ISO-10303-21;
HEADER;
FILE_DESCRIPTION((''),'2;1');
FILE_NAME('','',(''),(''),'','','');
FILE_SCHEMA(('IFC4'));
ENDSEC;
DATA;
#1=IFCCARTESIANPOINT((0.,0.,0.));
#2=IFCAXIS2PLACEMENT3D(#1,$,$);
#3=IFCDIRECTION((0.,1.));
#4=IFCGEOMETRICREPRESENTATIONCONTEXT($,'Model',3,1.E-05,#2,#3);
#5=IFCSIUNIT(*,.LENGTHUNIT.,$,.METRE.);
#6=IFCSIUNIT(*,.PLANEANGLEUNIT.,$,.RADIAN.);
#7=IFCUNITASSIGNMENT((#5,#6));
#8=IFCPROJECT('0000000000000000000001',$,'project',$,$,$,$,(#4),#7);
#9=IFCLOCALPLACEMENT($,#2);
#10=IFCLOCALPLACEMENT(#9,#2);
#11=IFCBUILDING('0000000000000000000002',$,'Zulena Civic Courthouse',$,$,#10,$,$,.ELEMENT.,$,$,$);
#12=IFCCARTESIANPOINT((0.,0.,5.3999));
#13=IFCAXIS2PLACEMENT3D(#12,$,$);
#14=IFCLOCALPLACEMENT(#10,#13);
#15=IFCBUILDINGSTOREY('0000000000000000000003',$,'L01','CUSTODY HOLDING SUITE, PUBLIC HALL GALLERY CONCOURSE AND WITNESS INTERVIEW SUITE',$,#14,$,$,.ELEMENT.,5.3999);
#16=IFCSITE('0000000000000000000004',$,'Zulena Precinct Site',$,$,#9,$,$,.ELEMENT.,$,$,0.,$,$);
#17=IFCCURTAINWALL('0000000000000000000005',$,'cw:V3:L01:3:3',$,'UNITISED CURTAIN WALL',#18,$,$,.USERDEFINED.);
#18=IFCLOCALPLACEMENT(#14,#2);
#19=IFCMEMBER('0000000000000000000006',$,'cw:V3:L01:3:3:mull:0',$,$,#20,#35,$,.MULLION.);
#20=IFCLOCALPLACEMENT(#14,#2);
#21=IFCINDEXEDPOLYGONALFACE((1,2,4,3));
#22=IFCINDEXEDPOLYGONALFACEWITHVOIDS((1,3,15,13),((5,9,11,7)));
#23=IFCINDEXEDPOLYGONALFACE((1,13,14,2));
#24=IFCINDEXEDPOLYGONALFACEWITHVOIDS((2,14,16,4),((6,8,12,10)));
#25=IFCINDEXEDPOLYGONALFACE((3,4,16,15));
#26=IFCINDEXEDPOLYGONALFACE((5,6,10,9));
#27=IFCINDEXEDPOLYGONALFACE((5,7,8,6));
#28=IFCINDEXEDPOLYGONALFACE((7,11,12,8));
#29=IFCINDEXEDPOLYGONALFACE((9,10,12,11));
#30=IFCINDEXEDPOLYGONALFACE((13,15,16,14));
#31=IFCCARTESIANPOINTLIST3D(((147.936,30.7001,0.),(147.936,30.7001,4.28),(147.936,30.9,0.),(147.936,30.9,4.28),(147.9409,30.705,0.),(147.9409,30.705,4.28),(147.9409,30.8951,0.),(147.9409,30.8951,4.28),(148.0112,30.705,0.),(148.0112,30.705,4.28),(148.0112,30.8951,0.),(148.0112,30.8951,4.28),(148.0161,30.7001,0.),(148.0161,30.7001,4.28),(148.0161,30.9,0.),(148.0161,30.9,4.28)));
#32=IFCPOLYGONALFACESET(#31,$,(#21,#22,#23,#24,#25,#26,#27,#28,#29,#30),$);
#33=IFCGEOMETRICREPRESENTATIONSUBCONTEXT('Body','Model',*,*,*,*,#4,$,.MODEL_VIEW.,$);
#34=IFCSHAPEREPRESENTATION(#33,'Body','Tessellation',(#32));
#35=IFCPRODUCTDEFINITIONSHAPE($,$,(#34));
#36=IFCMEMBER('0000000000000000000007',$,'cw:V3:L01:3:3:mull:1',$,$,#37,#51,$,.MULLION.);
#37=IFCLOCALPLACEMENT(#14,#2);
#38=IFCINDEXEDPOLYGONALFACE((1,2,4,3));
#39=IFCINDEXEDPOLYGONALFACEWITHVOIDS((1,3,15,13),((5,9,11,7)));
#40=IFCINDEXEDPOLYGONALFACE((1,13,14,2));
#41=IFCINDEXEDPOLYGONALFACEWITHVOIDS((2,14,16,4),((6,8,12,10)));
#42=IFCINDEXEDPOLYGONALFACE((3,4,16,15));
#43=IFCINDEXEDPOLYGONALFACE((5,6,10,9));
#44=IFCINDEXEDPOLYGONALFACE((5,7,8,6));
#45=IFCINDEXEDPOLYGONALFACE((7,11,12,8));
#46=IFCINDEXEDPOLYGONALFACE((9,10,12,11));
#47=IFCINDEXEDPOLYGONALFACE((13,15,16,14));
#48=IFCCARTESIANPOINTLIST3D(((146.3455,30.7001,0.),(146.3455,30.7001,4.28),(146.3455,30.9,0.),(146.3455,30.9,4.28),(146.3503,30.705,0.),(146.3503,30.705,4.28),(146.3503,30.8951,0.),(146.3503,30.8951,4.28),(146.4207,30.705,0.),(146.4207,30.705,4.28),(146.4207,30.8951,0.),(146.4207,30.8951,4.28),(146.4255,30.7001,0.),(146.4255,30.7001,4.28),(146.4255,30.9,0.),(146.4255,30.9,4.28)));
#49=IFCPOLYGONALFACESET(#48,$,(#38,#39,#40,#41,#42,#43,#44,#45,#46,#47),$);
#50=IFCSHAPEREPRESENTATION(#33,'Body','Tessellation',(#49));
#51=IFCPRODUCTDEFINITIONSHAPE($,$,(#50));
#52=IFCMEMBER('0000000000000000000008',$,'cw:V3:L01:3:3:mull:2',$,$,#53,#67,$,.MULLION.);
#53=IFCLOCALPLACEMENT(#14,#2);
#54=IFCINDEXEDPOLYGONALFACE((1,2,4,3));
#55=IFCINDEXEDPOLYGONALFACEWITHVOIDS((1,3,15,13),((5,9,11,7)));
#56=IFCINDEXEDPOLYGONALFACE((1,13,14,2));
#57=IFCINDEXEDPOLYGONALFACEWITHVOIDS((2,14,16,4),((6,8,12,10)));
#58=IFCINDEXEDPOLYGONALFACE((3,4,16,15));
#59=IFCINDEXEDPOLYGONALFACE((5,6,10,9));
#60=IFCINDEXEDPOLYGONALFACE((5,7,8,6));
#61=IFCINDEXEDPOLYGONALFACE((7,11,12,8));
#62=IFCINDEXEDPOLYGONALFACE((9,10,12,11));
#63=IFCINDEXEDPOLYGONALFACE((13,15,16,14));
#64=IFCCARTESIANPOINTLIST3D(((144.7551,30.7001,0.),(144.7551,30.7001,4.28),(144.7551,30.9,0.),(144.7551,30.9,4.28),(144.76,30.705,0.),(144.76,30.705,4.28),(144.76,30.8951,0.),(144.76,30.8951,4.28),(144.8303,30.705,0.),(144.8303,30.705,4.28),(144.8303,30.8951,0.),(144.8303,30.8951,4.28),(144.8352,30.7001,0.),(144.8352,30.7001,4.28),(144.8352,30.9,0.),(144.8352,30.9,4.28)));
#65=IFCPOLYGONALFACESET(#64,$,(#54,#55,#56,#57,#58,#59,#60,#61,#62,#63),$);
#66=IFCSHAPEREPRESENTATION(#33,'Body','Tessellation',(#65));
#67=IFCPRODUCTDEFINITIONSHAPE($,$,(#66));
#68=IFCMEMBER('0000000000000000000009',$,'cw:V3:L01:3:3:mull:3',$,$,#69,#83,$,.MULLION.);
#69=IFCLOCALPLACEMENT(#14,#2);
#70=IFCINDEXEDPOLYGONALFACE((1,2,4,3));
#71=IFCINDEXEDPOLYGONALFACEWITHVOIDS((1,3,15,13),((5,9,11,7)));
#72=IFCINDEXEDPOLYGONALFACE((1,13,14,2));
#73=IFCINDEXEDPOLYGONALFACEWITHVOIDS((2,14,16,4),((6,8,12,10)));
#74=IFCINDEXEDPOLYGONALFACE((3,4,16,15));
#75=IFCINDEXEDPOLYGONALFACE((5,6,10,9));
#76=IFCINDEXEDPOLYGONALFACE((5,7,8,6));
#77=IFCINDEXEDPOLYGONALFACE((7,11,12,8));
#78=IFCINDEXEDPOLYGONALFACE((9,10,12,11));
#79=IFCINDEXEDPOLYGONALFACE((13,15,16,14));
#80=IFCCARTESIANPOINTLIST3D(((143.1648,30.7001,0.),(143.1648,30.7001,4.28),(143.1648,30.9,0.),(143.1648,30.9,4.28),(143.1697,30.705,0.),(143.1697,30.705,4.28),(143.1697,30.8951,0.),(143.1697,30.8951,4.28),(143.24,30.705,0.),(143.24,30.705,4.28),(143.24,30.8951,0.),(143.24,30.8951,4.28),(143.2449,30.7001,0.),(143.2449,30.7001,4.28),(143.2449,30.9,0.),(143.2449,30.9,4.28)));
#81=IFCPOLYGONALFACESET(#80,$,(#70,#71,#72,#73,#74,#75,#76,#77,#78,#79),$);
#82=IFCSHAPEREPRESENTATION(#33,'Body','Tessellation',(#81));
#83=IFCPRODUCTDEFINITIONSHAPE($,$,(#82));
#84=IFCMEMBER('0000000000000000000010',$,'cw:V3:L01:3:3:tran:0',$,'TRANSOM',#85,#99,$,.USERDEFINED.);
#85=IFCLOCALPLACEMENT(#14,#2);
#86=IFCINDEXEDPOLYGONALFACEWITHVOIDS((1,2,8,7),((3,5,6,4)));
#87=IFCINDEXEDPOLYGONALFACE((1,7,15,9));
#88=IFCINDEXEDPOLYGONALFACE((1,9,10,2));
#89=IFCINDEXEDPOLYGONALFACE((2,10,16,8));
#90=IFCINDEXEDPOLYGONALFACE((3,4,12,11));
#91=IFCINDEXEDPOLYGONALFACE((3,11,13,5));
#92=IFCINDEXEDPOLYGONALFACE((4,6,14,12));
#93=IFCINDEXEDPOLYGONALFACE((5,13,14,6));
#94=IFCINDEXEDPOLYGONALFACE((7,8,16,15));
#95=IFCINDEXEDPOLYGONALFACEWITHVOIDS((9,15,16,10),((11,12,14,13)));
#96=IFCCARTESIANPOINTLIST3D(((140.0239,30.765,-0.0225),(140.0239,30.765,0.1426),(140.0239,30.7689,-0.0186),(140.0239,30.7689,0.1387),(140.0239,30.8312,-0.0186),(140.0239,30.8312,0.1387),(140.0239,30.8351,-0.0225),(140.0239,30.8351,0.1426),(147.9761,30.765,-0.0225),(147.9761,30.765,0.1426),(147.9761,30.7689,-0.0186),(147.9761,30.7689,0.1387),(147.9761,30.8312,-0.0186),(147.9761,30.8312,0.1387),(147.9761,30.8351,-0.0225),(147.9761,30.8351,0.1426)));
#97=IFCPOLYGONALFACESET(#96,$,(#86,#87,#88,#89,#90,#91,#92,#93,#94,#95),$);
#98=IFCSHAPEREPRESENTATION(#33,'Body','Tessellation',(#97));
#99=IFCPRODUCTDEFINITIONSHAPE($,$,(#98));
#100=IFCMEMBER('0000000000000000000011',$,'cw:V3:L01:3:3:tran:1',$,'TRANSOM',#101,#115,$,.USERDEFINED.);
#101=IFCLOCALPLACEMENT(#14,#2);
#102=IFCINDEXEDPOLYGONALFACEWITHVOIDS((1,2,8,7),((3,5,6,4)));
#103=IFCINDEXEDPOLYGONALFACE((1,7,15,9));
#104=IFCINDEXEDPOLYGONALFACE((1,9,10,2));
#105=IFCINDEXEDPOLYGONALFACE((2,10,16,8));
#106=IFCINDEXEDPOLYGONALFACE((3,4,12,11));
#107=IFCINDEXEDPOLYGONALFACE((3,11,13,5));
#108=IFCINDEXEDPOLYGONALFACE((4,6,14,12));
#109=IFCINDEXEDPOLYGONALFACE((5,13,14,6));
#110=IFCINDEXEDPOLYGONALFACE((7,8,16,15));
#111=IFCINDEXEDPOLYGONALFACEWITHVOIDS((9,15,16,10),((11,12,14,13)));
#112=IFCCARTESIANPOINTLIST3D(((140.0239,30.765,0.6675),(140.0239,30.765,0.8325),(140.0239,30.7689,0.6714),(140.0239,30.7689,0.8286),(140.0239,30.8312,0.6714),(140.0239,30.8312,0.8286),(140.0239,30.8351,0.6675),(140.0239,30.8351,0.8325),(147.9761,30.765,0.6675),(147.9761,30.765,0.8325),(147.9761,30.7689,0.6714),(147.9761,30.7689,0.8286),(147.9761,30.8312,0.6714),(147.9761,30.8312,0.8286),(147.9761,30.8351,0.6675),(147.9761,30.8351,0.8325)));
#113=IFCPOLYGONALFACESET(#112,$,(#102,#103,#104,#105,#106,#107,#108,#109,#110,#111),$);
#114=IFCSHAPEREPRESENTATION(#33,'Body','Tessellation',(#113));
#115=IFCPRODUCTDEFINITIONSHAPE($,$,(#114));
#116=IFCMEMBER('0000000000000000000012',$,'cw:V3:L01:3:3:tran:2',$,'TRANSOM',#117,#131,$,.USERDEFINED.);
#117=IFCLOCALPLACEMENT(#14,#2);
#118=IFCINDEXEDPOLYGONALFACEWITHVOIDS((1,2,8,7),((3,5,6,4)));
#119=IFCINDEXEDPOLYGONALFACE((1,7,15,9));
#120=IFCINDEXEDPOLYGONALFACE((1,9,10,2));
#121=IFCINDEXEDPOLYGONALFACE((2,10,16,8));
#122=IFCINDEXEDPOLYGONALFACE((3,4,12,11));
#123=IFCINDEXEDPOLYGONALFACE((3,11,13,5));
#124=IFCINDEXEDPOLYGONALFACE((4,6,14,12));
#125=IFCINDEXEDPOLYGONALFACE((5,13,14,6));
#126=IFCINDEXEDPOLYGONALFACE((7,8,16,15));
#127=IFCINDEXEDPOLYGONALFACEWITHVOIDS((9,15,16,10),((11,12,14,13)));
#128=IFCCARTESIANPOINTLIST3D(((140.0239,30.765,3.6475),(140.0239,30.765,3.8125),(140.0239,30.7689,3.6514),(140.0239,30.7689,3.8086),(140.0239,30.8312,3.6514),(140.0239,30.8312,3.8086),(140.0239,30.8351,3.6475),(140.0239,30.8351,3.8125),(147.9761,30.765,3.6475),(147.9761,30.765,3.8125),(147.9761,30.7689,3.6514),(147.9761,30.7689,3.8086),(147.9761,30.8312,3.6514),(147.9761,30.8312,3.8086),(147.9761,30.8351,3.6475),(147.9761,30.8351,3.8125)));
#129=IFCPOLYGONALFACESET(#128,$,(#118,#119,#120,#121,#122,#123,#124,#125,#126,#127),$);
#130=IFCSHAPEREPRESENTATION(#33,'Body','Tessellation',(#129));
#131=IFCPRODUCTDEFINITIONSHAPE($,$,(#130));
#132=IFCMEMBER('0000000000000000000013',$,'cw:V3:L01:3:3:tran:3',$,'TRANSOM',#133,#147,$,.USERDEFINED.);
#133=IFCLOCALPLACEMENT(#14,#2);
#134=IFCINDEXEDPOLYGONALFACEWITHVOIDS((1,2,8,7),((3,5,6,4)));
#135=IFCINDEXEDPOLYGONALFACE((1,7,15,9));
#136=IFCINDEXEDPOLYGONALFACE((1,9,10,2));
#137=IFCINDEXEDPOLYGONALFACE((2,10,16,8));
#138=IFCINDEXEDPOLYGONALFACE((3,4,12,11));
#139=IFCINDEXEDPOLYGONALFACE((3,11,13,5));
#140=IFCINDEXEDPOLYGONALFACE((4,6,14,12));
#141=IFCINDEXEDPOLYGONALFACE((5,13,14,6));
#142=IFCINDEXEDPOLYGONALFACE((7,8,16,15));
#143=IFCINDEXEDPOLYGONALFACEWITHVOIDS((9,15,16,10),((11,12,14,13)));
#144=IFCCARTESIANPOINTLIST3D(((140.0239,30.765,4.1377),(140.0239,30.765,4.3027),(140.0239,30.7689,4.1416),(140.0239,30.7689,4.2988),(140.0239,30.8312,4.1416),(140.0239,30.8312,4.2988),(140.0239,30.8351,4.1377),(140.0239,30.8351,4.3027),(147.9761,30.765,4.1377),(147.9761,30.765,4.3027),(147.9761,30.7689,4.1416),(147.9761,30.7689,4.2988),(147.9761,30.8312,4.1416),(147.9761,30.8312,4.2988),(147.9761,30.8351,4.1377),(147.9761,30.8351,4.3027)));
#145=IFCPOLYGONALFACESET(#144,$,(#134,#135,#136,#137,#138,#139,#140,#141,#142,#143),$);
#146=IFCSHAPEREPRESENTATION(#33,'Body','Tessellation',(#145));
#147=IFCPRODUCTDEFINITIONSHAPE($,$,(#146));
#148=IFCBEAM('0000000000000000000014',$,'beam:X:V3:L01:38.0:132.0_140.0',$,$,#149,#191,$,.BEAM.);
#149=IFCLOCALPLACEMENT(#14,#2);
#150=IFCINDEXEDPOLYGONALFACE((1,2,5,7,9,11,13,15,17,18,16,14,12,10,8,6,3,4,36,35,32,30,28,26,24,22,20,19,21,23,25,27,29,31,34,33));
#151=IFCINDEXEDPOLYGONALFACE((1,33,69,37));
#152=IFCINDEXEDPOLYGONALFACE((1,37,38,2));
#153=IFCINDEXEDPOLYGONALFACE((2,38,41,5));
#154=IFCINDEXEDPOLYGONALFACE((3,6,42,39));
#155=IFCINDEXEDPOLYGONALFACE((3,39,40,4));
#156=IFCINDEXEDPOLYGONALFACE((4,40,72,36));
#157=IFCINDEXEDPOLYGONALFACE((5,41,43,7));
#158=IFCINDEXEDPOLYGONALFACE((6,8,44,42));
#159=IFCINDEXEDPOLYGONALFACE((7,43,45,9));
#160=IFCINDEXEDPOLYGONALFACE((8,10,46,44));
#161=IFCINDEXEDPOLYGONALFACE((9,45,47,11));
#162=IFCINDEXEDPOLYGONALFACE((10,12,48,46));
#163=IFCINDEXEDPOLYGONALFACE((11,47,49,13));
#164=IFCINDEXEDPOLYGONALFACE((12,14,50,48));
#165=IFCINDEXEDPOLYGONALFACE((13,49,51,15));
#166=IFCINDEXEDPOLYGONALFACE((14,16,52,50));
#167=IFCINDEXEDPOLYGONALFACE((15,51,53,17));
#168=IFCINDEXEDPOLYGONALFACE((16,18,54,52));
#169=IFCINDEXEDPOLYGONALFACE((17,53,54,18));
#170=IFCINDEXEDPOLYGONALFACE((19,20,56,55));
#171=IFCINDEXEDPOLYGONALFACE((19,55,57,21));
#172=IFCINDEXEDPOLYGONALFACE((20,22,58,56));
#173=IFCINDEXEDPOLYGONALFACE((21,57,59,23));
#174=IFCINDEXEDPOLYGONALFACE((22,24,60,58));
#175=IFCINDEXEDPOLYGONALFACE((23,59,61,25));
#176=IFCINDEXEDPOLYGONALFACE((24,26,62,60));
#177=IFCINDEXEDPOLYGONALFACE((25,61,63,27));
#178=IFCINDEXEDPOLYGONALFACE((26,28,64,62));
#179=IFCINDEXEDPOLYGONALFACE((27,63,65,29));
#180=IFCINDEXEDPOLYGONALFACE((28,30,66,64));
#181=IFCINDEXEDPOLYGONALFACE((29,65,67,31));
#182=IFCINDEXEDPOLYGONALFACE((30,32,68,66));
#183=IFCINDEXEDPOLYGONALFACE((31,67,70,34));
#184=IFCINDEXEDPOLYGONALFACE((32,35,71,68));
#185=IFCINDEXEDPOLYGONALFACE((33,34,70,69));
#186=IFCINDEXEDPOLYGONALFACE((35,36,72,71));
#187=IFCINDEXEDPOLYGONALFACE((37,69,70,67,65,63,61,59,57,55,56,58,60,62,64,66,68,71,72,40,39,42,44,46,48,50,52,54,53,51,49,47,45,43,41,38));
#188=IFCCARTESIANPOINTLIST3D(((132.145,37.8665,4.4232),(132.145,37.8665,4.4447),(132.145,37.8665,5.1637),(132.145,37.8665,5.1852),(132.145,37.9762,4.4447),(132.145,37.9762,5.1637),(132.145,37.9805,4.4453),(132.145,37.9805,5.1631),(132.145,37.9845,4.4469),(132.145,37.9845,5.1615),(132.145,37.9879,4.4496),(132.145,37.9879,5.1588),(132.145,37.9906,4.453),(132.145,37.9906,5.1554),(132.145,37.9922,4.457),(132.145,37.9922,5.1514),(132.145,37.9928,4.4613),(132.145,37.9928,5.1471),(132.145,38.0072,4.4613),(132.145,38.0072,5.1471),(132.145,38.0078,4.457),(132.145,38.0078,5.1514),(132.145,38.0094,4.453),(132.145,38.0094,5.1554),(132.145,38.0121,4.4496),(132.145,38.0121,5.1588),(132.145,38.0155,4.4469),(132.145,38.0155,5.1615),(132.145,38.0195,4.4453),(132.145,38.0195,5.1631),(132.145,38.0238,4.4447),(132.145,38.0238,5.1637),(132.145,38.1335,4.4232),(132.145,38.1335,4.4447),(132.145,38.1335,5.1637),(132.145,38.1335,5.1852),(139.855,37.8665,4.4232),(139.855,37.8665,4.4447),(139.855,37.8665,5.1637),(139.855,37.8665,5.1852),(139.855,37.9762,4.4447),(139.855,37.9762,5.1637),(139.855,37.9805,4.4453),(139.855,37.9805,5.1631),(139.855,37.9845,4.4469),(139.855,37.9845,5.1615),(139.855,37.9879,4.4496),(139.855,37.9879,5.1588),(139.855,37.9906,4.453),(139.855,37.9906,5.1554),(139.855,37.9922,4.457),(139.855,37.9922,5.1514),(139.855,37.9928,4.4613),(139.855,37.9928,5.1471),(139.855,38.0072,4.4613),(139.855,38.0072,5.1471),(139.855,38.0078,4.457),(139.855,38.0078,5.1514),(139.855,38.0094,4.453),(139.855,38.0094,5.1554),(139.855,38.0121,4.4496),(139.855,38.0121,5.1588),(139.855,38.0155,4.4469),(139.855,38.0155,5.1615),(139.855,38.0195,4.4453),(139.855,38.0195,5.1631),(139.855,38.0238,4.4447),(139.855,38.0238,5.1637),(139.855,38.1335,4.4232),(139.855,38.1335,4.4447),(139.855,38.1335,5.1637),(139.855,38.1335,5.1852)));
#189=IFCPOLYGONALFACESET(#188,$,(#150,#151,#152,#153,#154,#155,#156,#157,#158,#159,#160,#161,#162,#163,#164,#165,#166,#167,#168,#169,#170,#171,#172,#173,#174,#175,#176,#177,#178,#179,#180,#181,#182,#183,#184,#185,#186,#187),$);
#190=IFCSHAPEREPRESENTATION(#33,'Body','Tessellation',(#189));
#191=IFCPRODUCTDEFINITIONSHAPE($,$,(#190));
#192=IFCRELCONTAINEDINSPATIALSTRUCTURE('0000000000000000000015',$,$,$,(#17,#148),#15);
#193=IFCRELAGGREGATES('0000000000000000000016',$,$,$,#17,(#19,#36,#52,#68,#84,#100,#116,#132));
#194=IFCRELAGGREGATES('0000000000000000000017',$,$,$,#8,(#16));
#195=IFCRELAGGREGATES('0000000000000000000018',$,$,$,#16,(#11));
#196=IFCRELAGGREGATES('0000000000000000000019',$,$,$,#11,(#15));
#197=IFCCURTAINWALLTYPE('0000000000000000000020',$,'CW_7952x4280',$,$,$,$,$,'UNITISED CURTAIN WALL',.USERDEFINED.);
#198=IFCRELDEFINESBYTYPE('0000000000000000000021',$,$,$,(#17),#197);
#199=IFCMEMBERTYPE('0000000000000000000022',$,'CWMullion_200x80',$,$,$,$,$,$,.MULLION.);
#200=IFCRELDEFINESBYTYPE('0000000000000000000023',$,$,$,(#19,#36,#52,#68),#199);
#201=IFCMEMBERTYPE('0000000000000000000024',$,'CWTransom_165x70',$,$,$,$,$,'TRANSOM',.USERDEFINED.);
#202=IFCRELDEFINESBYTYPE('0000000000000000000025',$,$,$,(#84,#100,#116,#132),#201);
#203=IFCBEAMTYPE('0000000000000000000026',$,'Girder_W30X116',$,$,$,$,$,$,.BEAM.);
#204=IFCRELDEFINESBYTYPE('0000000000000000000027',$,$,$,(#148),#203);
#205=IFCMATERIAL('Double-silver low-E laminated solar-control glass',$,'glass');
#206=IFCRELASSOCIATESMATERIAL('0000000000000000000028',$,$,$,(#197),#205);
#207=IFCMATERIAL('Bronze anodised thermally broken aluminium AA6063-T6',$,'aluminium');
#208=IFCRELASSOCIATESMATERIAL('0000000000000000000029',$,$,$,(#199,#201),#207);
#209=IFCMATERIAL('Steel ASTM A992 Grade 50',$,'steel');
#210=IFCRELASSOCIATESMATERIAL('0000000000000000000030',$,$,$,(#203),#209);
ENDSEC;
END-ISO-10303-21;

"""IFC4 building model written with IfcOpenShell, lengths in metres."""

from ifc_helpers import new_model, si_unit, direction, frame, origin, origin_2d, place, context, subcontext, project, spatial, hollow_rectangle, i_section, extrude, material, material_profile, profile_set, type_object, element, aggregate, save


model = new_model("IFC4")

# Units and contexts
model_context = context("Model", 3, precision=1e-05, world=origin(), true_north=direction((0.0, 1.0)))
body_context = subcontext(model_context, "Body", "Model", "MODEL_VIEW")
ifc_project = project(units=[si_unit("LENGTHUNIT", "METRE"), si_unit("PLANEANGLEUNIT", "RADIAN")], contexts=[model_context])

# Site, building, storey
site_placement = place(None, origin())
site = spatial("IfcSite", under=ifc_project, at=site_placement, Name="Zulena Precinct Site", CompositionType="ELEMENT", RefElevation=0.0)
building_placement = place(site_placement, origin())
building = spatial("IfcBuilding", under=site, at=building_placement, Name="Zulena Civic Courthouse", CompositionType="ELEMENT")
storey_placement = place(building_placement, frame((0.0, 0.0, 5.3999)))
storey = spatial("IfcBuildingStorey", under=building, at=storey_placement, Name="L01", Description="CUSTODY HOLDING SUITE, PUBLIC HALL GALLERY CONCOURSE AND WITNESS INTERVIEW SUITE", CompositionType="ELEMENT", Elevation=5.3999)

# Shared definitions
ifc_material_1 = material(Name="Steel ASTM A992 Grade 50", Category="steel")

# Curtain wall, members
ifc_material_2 = material(Name="Double-silver low-E laminated solar-control glass", Category="glass")
curtain_wall_type = type_object("IfcCurtainWallType", Name="CW_7952x4280", ElementType="UNITISED CURTAIN WALL", PredefinedType="USERDEFINED", material=ifc_material_2)
curtain_wall_placement = place(storey_placement, origin())
curtain_wall = element("IfcCurtainWall", 1, at=curtain_wall_placement, inside=storey, type_object=curtain_wall_type, Name="cw:V3:L01:3:3", ObjectType="UNITISED CURTAIN WALL", PredefinedType="USERDEFINED")
ifc_material_3 = material(Name="Bronze anodised thermally broken aluminium AA6063-T6", Category="aluminium")
ifc_material_profile_1 = material_profile(ifc_material_3, hollow_rectangle(XDim=0.0801, YDim=0.2, WallThickness=0.0049, at=origin_2d()), Name="CWM200X80X5")
ifc_profile_set_1 = profile_set([ifc_material_profile_1], Name="Bronze anodised thermally broken aluminium AA6063-T6")
member_type_1 = type_object("IfcMemberType", Name="CWMullion_200x80", PredefinedType="MULLION", material=ifc_profile_set_1)
member_1_placement = place(storey_placement, frame((147.9761, 30.8, 0.0), z_axis=(0.0, 0.0, 1.0), x_axis=(1.0, 0.0, 0.0)))
member_1 = element("IfcMember", 2, at=member_1_placement, type_object=member_type_1, Name="cw:V3:L01:3:3:mull:0", PredefinedType="MULLION", context=body_context, shape_type="SweptSolid", body=[
    extrude(hollow_rectangle(XDim=0.0801, YDim=0.2, WallThickness=0.0049, at=origin_2d()), origin(), (0.0, 0.0, 1.0), 4.28),
])
member_2_placement = place(storey_placement, frame((146.3855, 30.8, 0.0), z_axis=(0.0, 0.0, 1.0), x_axis=(1.0, 0.0, 0.0)))
member_2 = element("IfcMember", 3, at=member_2_placement, type_object=member_type_1, Name="cw:V3:L01:3:3:mull:1", PredefinedType="MULLION", context=body_context, shape_type="SweptSolid", body=[
    extrude(hollow_rectangle(XDim=0.0801, YDim=0.2, WallThickness=0.0049, at=origin_2d()), origin(), (0.0, 0.0, 1.0), 4.28),
])
member_3_placement = place(storey_placement, frame((144.7952, 30.8, 0.0), z_axis=(0.0, 0.0, 1.0), x_axis=(1.0, 0.0, 0.0)))
member_3 = element("IfcMember", 4, at=member_3_placement, type_object=member_type_1, Name="cw:V3:L01:3:3:mull:2", PredefinedType="MULLION", context=body_context, shape_type="SweptSolid", body=[
    extrude(hollow_rectangle(XDim=0.0801, YDim=0.2, WallThickness=0.0049, at=origin_2d()), origin(), (0.0, 0.0, 1.0), 4.28),
])
member_4_placement = place(storey_placement, frame((143.2048, 30.8, 0.0), z_axis=(0.0, 0.0, 1.0), x_axis=(1.0, 0.0, 0.0)))
member_4 = element("IfcMember", 5, at=member_4_placement, type_object=member_type_1, Name="cw:V3:L01:3:3:mull:3", PredefinedType="MULLION", context=body_context, shape_type="SweptSolid", body=[
    extrude(hollow_rectangle(XDim=0.0801, YDim=0.2, WallThickness=0.0049, at=origin_2d()), origin(), (0.0, 0.0, 1.0), 4.28),
])
ifc_material_profile_2 = material_profile(ifc_material_3, hollow_rectangle(XDim=0.0701, YDim=0.165, WallThickness=0.0039, at=origin_2d()), Name="CWT165X70X4")
ifc_profile_set_2 = profile_set([ifc_material_profile_2], Name="Bronze anodised thermally broken aluminium AA6063-T6")
member_type_2 = type_object("IfcMemberType", Name="CWTransom_165x70", ElementType="TRANSOM", PredefinedType="USERDEFINED", material=ifc_profile_set_2)
member_5_placement = place(storey_placement, frame((147.9761, 30.8, 0.0601), z_axis=(-1.0, 0.0, 0.0), x_axis=(0.0, -1.0, 0.0)))
member_5 = element("IfcMember", 6, at=member_5_placement, type_object=member_type_2, Name="cw:V3:L01:3:3:tran:0", ObjectType="TRANSOM", PredefinedType="USERDEFINED", context=body_context, shape_type="SweptSolid", body=[
    extrude(hollow_rectangle(XDim=0.0701, YDim=0.165, WallThickness=0.0039, at=origin_2d()), origin(), (0.0, 0.0, 1.0), 7.9521),
])
member_6_placement = place(storey_placement, frame((147.9761, 30.8, 0.75), z_axis=(-1.0, 0.0, 0.0), x_axis=(0.0, -1.0, 0.0)))
member_6 = element("IfcMember", 7, at=member_6_placement, type_object=member_type_2, Name="cw:V3:L01:3:3:tran:1", ObjectType="TRANSOM", PredefinedType="USERDEFINED", context=body_context, shape_type="SweptSolid", body=[
    extrude(hollow_rectangle(XDim=0.0701, YDim=0.165, WallThickness=0.0039, at=origin_2d()), origin(), (0.0, 0.0, 1.0), 7.9521),
])
member_7_placement = place(storey_placement, frame((147.9761, 30.8, 3.73), z_axis=(-1.0, 0.0, 0.0), x_axis=(0.0, -1.0, 0.0)))
member_7 = element("IfcMember", 8, at=member_7_placement, type_object=member_type_2, Name="cw:V3:L01:3:3:tran:2", ObjectType="TRANSOM", PredefinedType="USERDEFINED", context=body_context, shape_type="SweptSolid", body=[
    extrude(hollow_rectangle(XDim=0.0701, YDim=0.165, WallThickness=0.0039, at=origin_2d()), origin(), (0.0, 0.0, 1.0), 7.9521),
])
member_8_placement = place(storey_placement, frame((147.9761, 30.8, 4.2202), z_axis=(-1.0, 0.0, 0.0), x_axis=(0.0, -1.0, 0.0)))
member_8 = element("IfcMember", 9, at=member_8_placement, type_object=member_type_2, Name="cw:V3:L01:3:3:tran:3", ObjectType="TRANSOM", PredefinedType="USERDEFINED", context=body_context, shape_type="SweptSolid", body=[
    extrude(hollow_rectangle(XDim=0.0701, YDim=0.165, WallThickness=0.0039, at=origin_2d()), origin(), (0.0, 0.0, 1.0), 7.9521),
])

# Beam
ifc_material_profile_3 = material_profile(ifc_material_1, i_section(OverallWidth=0.2671, OverallDepth=0.762, WebThickness=0.0144, FlangeThickness=0.0215, FilletRadius=0.0166, at=origin_2d()), Name="W30X116")
ifc_profile_set_3 = profile_set([ifc_material_profile_3], Name="Steel ASTM A992 Grade 50")
beam_type_1 = type_object("IfcBeamType", Name="Girder_W30X116", PredefinedType="BEAM", material=ifc_profile_set_3)
for number, where, z_axis, x_axis, name in (
    (10, (132.145, 38.0, 4.8042), (1.0, 0.0, 0.0), (0.0, 1.0, 0.0), "beam:X:V3:L01:38.0:132.0_140.0"),
):
    element("IfcBeam", number, at=place(storey_placement, frame(where, z_axis=z_axis, x_axis=x_axis)), inside=storey, type_object=beam_type_1, Name=name, PredefinedType="BEAM", context=body_context, shape_type="SweptSolid", body=[
        extrude(i_section(OverallWidth=0.2671, OverallDepth=0.762, WebThickness=0.0144, FlangeThickness=0.0215, FilletRadius=0.0166, at=origin_2d()), origin(), (0.0, 0.0, 1.0), 7.71),
    ])

aggregate(curtain_wall, [member_1, member_2, member_3, member_4, member_5, member_6, member_7, member_8])

save(model, "model.ifc")
